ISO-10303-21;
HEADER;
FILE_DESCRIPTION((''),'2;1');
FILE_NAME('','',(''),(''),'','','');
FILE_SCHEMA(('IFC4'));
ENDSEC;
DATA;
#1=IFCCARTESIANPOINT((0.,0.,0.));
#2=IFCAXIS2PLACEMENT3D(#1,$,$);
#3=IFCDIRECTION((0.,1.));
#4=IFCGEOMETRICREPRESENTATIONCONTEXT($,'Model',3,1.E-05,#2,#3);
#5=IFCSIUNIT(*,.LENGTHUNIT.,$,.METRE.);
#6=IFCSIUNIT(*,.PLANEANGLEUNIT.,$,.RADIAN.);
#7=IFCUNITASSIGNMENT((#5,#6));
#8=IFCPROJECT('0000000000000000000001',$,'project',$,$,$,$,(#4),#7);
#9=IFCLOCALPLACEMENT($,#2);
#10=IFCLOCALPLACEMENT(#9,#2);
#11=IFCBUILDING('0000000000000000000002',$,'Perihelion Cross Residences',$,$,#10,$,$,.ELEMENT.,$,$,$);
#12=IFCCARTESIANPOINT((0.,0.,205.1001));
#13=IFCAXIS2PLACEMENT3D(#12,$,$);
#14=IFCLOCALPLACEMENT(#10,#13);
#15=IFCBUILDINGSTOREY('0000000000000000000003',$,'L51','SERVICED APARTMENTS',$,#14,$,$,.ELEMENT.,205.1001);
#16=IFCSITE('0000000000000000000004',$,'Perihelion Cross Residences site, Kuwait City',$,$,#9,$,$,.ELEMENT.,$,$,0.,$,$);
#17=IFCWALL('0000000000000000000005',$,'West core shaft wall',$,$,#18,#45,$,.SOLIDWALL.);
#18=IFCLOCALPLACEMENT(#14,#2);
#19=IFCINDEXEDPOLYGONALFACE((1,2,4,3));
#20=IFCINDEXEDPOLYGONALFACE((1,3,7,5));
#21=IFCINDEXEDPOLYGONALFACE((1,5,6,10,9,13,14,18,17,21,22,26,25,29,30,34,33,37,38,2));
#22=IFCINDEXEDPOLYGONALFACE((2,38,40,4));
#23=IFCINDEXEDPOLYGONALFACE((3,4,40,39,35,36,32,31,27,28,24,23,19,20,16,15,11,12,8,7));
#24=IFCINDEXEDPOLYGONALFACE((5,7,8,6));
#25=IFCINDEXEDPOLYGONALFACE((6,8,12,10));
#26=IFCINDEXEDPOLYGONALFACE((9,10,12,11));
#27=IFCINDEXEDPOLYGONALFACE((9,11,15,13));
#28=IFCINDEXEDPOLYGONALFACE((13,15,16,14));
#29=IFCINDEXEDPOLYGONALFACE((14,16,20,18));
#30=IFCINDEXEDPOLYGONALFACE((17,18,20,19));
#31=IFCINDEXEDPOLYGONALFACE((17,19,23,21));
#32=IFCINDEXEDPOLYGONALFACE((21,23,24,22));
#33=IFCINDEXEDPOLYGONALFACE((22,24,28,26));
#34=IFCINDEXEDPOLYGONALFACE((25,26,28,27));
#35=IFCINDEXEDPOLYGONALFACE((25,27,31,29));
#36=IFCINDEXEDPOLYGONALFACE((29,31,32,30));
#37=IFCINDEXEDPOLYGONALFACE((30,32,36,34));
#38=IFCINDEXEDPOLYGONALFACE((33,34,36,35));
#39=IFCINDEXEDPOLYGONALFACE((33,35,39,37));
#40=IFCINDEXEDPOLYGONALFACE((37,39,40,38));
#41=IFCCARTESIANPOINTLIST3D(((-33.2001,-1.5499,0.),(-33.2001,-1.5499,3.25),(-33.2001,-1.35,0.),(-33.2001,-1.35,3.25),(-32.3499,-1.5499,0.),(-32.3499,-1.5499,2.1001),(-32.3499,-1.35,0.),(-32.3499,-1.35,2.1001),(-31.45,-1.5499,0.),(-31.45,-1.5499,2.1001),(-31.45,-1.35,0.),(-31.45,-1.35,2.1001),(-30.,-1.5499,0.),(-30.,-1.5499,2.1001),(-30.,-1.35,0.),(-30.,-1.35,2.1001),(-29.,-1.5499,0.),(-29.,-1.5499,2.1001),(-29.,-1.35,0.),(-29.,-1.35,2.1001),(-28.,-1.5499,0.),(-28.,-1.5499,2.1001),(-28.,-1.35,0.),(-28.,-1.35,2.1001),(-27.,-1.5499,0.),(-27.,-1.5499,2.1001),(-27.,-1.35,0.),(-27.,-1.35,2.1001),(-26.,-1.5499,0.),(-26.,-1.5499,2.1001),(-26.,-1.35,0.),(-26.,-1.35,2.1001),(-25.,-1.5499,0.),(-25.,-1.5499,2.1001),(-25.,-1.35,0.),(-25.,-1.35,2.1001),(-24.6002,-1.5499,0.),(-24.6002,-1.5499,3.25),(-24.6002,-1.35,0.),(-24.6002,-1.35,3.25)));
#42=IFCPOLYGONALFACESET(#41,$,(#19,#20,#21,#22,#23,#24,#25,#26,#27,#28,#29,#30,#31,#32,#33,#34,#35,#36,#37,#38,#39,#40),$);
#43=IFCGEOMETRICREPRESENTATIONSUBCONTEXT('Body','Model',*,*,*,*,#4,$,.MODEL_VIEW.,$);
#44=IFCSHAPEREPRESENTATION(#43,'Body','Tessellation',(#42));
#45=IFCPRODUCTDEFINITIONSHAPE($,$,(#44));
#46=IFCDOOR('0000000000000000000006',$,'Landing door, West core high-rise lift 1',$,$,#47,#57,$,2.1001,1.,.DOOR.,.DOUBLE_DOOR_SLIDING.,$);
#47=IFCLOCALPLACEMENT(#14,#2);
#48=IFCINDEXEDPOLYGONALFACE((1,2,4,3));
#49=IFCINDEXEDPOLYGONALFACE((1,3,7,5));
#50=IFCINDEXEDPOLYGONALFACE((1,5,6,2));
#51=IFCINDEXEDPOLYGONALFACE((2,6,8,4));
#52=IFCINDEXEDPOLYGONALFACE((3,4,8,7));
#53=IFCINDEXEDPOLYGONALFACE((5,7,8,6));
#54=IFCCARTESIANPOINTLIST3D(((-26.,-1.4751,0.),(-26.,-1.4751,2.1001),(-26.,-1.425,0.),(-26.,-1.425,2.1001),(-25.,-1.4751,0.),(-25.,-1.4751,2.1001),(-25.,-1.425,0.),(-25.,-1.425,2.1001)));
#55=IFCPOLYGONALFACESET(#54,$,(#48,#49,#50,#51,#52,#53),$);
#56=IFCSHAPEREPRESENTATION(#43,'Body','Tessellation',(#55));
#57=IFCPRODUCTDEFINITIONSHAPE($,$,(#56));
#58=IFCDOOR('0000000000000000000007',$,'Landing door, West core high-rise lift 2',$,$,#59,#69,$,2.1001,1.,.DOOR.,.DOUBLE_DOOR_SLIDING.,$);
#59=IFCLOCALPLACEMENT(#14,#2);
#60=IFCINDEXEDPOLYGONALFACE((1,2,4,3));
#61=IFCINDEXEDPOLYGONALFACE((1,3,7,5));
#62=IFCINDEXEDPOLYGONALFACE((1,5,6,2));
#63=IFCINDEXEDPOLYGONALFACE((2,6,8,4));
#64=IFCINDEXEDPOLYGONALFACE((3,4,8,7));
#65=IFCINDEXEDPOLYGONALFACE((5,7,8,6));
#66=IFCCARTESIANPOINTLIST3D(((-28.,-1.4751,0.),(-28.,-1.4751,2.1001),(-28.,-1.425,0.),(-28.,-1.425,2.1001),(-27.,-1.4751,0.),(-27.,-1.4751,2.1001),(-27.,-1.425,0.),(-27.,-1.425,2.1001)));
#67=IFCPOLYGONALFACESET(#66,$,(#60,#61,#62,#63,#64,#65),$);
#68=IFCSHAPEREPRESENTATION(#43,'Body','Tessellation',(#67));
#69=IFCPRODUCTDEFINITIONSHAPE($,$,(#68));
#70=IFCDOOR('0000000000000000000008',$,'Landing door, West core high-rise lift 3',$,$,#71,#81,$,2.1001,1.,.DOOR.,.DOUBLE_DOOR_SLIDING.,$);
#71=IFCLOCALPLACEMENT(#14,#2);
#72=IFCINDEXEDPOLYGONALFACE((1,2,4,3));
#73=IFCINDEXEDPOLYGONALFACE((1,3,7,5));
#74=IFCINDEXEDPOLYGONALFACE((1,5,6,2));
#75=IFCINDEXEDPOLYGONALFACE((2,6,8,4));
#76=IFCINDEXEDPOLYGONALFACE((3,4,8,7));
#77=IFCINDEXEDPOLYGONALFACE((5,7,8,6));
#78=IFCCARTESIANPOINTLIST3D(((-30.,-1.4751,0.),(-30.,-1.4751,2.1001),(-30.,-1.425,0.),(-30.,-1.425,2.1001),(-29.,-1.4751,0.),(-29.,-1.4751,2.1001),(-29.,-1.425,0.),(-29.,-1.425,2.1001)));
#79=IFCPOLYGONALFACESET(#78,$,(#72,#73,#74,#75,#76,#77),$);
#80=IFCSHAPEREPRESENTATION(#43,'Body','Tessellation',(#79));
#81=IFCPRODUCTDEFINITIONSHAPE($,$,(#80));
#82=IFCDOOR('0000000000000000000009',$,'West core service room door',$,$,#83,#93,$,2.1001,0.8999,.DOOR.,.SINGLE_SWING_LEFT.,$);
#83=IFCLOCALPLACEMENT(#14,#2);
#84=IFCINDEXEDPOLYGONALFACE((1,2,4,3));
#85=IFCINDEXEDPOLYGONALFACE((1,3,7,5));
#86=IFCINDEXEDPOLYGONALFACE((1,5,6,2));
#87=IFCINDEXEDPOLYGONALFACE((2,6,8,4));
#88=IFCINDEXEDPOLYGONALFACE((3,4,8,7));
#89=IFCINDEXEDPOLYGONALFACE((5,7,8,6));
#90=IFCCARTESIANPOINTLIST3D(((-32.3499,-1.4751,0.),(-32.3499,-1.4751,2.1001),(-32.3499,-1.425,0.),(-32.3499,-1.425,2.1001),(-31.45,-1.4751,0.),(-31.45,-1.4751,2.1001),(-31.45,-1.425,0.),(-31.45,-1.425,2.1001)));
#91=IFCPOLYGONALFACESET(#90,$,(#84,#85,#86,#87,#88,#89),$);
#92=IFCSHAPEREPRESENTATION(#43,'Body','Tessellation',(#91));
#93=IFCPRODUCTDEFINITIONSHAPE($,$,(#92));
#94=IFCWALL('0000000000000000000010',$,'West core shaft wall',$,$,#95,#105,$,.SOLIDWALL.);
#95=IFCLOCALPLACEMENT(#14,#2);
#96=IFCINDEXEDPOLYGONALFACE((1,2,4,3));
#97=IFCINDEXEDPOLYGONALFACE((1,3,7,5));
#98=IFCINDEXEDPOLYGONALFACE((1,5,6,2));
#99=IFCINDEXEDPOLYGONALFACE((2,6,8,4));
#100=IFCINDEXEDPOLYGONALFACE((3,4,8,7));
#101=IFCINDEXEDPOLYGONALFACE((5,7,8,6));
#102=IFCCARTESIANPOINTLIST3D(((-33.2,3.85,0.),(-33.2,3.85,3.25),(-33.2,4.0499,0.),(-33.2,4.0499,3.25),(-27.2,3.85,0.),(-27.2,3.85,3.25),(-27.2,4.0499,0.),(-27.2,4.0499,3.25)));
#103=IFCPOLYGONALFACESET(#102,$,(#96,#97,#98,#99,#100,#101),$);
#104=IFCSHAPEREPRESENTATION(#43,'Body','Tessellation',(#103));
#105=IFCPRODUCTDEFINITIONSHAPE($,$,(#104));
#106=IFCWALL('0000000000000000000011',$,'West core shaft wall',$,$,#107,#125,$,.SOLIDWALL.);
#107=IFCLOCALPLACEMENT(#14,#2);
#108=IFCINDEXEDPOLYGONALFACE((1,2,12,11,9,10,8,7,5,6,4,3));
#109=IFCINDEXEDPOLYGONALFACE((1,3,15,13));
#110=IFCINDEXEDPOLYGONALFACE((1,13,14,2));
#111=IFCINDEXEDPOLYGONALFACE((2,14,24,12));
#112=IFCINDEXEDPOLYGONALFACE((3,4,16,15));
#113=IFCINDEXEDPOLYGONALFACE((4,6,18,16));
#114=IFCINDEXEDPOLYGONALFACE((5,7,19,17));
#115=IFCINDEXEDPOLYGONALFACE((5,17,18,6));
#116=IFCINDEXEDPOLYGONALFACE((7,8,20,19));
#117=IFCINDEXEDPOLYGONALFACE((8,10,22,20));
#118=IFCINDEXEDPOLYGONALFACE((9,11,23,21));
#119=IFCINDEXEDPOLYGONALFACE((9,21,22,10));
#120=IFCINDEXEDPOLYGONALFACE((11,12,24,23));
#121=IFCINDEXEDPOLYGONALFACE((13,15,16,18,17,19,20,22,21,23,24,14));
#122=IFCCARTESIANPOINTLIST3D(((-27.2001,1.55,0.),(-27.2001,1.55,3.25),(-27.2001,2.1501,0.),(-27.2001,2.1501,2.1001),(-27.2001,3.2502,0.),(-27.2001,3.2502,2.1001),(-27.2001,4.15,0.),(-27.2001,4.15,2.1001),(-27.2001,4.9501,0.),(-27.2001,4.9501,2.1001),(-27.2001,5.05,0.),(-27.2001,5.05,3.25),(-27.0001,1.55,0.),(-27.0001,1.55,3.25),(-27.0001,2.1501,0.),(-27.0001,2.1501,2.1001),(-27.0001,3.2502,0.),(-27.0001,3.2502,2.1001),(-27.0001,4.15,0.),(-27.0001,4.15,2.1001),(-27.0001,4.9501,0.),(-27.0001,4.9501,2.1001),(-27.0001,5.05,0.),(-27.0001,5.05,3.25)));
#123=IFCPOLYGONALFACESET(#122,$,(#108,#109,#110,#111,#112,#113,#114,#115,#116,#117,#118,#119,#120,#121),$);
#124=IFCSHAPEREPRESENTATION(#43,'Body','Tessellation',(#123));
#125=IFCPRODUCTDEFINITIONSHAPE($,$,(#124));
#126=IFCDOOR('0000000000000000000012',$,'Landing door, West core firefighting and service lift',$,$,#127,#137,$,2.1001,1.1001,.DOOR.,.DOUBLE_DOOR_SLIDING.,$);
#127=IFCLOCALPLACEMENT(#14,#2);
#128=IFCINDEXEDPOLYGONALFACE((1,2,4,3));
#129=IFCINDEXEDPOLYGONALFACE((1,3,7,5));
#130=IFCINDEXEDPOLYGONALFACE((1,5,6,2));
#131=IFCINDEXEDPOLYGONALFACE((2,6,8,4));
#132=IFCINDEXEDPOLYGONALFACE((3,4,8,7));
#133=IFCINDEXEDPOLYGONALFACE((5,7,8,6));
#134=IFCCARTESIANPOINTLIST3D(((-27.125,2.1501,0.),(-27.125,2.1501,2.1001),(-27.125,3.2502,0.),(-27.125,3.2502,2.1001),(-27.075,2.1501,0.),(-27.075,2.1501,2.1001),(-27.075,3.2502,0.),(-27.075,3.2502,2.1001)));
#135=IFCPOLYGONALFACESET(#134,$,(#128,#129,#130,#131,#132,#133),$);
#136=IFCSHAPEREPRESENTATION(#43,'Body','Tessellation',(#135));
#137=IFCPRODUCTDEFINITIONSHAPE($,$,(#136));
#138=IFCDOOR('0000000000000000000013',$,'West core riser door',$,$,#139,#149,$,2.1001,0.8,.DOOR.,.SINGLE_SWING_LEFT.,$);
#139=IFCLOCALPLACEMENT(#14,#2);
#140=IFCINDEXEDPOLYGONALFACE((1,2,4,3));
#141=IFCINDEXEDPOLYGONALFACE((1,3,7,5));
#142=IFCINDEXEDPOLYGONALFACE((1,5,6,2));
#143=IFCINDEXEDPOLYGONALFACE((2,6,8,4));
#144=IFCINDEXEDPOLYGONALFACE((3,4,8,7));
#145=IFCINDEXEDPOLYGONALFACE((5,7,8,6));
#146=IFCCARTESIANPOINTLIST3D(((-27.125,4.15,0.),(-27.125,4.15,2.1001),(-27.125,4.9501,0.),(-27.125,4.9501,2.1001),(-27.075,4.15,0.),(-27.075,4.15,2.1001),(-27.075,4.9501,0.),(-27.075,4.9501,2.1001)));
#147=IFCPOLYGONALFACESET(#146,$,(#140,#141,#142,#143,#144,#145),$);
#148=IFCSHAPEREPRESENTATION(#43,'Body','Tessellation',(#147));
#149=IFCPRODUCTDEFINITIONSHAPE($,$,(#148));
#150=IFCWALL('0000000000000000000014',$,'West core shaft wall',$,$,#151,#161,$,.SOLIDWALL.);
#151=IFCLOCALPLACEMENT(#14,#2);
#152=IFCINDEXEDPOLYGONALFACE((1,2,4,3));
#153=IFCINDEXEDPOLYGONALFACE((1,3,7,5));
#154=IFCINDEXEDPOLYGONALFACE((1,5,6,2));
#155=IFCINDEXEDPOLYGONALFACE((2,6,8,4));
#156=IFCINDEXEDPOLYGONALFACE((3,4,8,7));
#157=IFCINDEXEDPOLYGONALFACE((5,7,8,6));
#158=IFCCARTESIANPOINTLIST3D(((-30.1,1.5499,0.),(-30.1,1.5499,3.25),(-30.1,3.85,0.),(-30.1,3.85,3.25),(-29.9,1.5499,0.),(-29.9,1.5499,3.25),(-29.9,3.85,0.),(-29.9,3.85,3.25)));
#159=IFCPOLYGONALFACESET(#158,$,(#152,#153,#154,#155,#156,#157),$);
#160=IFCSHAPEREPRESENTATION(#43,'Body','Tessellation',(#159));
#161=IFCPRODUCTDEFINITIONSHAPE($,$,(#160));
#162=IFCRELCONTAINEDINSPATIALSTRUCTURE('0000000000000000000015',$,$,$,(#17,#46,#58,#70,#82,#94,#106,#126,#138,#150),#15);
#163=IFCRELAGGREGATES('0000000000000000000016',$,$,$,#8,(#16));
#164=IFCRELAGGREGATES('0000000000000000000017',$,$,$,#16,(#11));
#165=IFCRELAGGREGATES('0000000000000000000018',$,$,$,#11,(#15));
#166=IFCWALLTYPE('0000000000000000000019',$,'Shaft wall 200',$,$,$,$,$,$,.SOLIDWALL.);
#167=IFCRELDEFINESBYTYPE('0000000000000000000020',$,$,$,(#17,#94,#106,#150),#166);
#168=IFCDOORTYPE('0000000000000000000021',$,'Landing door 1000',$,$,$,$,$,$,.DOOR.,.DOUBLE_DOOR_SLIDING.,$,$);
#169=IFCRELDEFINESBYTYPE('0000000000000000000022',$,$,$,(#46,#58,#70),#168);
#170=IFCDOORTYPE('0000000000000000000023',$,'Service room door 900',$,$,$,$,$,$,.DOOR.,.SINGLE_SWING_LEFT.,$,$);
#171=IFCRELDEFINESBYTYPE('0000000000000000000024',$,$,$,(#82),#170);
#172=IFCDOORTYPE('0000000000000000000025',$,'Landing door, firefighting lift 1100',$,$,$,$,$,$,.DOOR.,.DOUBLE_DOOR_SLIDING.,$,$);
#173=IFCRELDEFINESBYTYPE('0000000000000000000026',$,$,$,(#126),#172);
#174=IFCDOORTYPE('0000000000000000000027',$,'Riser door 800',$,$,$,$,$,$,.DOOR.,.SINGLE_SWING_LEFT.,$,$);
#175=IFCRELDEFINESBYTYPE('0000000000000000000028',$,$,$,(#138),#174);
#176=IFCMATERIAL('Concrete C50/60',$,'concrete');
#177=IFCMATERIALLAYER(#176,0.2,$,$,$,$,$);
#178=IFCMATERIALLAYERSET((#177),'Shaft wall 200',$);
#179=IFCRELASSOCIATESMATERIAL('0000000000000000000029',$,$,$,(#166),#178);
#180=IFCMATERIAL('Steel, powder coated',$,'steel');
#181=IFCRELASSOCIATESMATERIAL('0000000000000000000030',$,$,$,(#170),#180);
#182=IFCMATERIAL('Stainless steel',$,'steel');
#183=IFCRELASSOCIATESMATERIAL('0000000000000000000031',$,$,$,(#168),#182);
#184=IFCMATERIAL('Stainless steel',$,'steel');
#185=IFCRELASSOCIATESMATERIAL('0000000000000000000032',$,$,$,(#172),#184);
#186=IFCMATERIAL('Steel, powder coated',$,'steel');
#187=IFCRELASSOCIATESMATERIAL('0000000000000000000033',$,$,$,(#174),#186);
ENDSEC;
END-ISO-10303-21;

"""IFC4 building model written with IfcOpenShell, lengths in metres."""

from ifc_helpers import new_model, si_unit, direction, frame, frame_2d, origin, place, context, subcontext, project, spatial, rectangle, extrude, material, layer, layer_set, type_object, element, fill, save


model = new_model("IFC4")

# Units and contexts
model_context = context("Model", 3, precision=1e-05, world=origin(), true_north=direction((0.0, 1.0)))
body_context = subcontext(model_context, "Body", "Model", "MODEL_VIEW")
ifc_project = project(units=[si_unit("LENGTHUNIT", "METRE"), si_unit("PLANEANGLEUNIT", "RADIAN")], contexts=[model_context])

# Site, building, storey
site_placement = place(None, origin())
site = spatial("IfcSite", under=ifc_project, at=site_placement, Name="Perihelion Cross Residences site, Kuwait City", CompositionType="ELEMENT", RefElevation=0.0)
building_placement = place(site_placement, origin())
building = spatial("IfcBuilding", under=site, at=building_placement, Name="Perihelion Cross Residences", CompositionType="ELEMENT")
storey_placement = place(building_placement, frame((0.0, 0.0, 205.1001)))
storey = spatial("IfcBuildingStorey", under=building, at=storey_placement, Name="L51", Description="SERVICED APARTMENTS", CompositionType="ELEMENT", Elevation=205.1001)

# Wall, openings, doors
ifc_material_1 = material(Name="Concrete C50/60", Category="concrete")
ifc_layer_1 = layer(ifc_material_1, 0.2)
ifc_layer_set_1 = layer_set([ifc_layer_1], Name="Shaft wall 200")
wall_type_1 = type_object("IfcWallType", Name="Shaft wall 200", PredefinedType="SOLIDWALL", material=ifc_layer_set_1)
ifc_material_2 = material(Name="Steel, powder coated", Category="steel")
door_type_1 = type_object("IfcDoorType", Name="Service room door 900", OperationType="SINGLE_SWING_LEFT", PredefinedType="DOOR", material=ifc_material_2)
wall_1_placement = place(storey_placement, frame((-33.2, -1.45, 0.0), z_axis=(0.0, 0.0, 1.0), x_axis=(1.0, 0.0, 0.0)))
wall_1 = element("IfcWall", 1, at=wall_1_placement, inside=storey, type_object=wall_type_1, Name="West core shaft wall", PredefinedType="SOLIDWALL", context=body_context, shape_type="SweptSolid", body=[
    extrude(rectangle(XDim=8.5999, YDim=0.2, at=frame_2d((4.2998, 0.0))), origin(), (0.0, 0.0, 1.0), 3.25),
])
opening_1_placement = place(wall_1_placement, frame((7.2, 0.0, 0.0)))
opening_1 = element("IfcOpeningElement", 2, at=opening_1_placement, cuts=wall_1, PredefinedType="OPENING", context=body_context, shape_type="SweptSolid", body=[
    extrude(rectangle(XDim=1.0, YDim=2.1001, at=frame_2d((0.5, 1.05))), frame((0.0, 0.1099, 0.0), z_axis=(0.0, -1.0, 0.0), x_axis=(1.0, 0.0, 0.0)), (0.0, 0.0, 1.0), 0.22),
])
opening_2_placement = place(wall_1_placement, frame((5.2, 0.0, 0.0)))
opening_2 = element("IfcOpeningElement", 3, at=opening_2_placement, cuts=wall_1, PredefinedType="OPENING", context=body_context, shape_type="SweptSolid", body=[
    extrude(rectangle(XDim=1.0, YDim=2.1001, at=frame_2d((0.5, 1.05))), frame((0.0, 0.1099, 0.0), z_axis=(0.0, -1.0, 0.0), x_axis=(1.0, 0.0, 0.0)), (0.0, 0.0, 1.0), 0.22),
])
opening_3_placement = place(wall_1_placement, frame((3.2, 0.0, 0.0)))
opening_3 = element("IfcOpeningElement", 4, at=opening_3_placement, cuts=wall_1, PredefinedType="OPENING", context=body_context, shape_type="SweptSolid", body=[
    extrude(rectangle(XDim=1.0, YDim=2.1001, at=frame_2d((0.5, 1.05))), frame((0.0, 0.1099, 0.0), z_axis=(0.0, -1.0, 0.0), x_axis=(1.0, 0.0, 0.0)), (0.0, 0.0, 1.0), 0.22),
])
opening_4_placement = place(wall_1_placement, frame((0.8501, 0.0, 0.0)))
opening_4 = element("IfcOpeningElement", 5, at=opening_4_placement, cuts=wall_1, PredefinedType="OPENING", context=body_context, shape_type="SweptSolid", body=[
    extrude(rectangle(XDim=0.8999, YDim=2.1001, at=frame_2d((0.45, 1.05))), frame((0.0, 0.1099, 0.0), z_axis=(0.0, -1.0, 0.0), x_axis=(1.0, 0.0, 0.0)), (0.0, 0.0, 1.0), 0.22),
])
ifc_material_3 = material(Name="Stainless steel", Category="steel")
door_type_2 = type_object("IfcDoorType", Name="Landing door 1000", OperationType="DOUBLE_DOOR_SLIDING", PredefinedType="DOOR", material=ifc_material_3)
door_1_placement = place(opening_1_placement, origin())
door_1 = element("IfcDoor", 6, at=door_1_placement, inside=storey, type_object=door_type_2, Name="Landing door, West core high-rise lift 1", OperationType="DOUBLE_DOOR_SLIDING", OverallHeight=2.1001, OverallWidth=1.0, PredefinedType="DOOR", context=body_context, shape_type="SweptSolid", body=[
    extrude(rectangle(XDim=1.0, YDim=2.1001, at=frame_2d((0.5, 1.05))), frame((0.0, 0.0249, 0.0), z_axis=(0.0, -1.0, 0.0), x_axis=(1.0, 0.0, 0.0)), (0.0, 0.0, 1.0), 0.05),
])
fill(opening_1, door_1)
door_2_placement = place(opening_2_placement, origin())
door_2 = element("IfcDoor", 7, at=door_2_placement, inside=storey, type_object=door_type_2, Name="Landing door, West core high-rise lift 2", OperationType="DOUBLE_DOOR_SLIDING", OverallHeight=2.1001, OverallWidth=1.0, PredefinedType="DOOR", context=body_context, shape_type="SweptSolid", body=[
    extrude(rectangle(XDim=1.0, YDim=2.1001, at=frame_2d((0.5, 1.05))), frame((0.0, 0.0249, 0.0), z_axis=(0.0, -1.0, 0.0), x_axis=(1.0, 0.0, 0.0)), (0.0, 0.0, 1.0), 0.05),
])
fill(opening_2, door_2)
door_3_placement = place(opening_3_placement, origin())
door_3 = element("IfcDoor", 8, at=door_3_placement, inside=storey, type_object=door_type_2, Name="Landing door, West core high-rise lift 3", OperationType="DOUBLE_DOOR_SLIDING", OverallHeight=2.1001, OverallWidth=1.0, PredefinedType="DOOR", context=body_context, shape_type="SweptSolid", body=[
    extrude(rectangle(XDim=1.0, YDim=2.1001, at=frame_2d((0.5, 1.05))), frame((0.0, 0.0249, 0.0), z_axis=(0.0, -1.0, 0.0), x_axis=(1.0, 0.0, 0.0)), (0.0, 0.0, 1.0), 0.05),
])
fill(opening_3, door_3)
door_4_placement = place(opening_4_placement, origin())
door_4 = element("IfcDoor", 9, at=door_4_placement, inside=storey, type_object=door_type_1, Name="West core service room door", OperationType="SINGLE_SWING_LEFT", OverallHeight=2.1001, OverallWidth=0.8999, PredefinedType="DOOR", context=body_context, shape_type="SweptSolid", body=[
    extrude(rectangle(XDim=0.8999, YDim=2.1001, at=frame_2d((0.45, 1.05))), frame((0.0, 0.0249, 0.0), z_axis=(0.0, -1.0, 0.0), x_axis=(1.0, 0.0, 0.0)), (0.0, 0.0, 1.0), 0.05),
])
fill(opening_4, door_4)

# Wall
wall_2_placement = place(storey_placement, frame((-33.2, 3.95, 0.0), z_axis=(0.0, 0.0, 1.0), x_axis=(1.0, 0.0, 0.0)))
element("IfcWall", 10, at=wall_2_placement, inside=storey, type_object=wall_type_1, Name="West core shaft wall", PredefinedType="SOLIDWALL", context=body_context, shape_type="SweptSolid", body=[
    extrude(rectangle(XDim=6.0, YDim=0.2, at=frame_2d((3.0, 0.0))), origin(), (0.0, 0.0, 1.0), 3.25),
])

# Wall, openings, doors
wall_3_placement = place(storey_placement, frame((-27.1001, 1.55, 0.0), z_axis=(0.0, 0.0, 1.0), x_axis=(0.0, 1.0, 0.0)))
wall_3 = element("IfcWall", 11, at=wall_3_placement, inside=storey, type_object=wall_type_1, Name="West core shaft wall", PredefinedType="SOLIDWALL", context=body_context, shape_type="SweptSolid", body=[
    extrude(rectangle(XDim=3.5, YDim=0.2, at=frame_2d((1.75, 0.0))), origin(), (0.0, 0.0, 1.0), 3.25),
])
opening_5_placement = place(wall_3_placement, frame((0.6001, 0.0, 0.0)))
opening_5 = element("IfcOpeningElement", 12, at=opening_5_placement, cuts=wall_3, PredefinedType="OPENING", context=body_context, shape_type="SweptSolid", body=[
    extrude(rectangle(XDim=1.1001, YDim=2.1001, at=frame_2d((0.55, 1.05))), frame((0.0, 0.1099, 0.0), z_axis=(0.0, -1.0, 0.0), x_axis=(1.0, 0.0, 0.0)), (0.0, 0.0, 1.0), 0.22),
])
opening_6_placement = place(wall_3_placement, frame((2.6001, 0.0, 0.0)))
opening_6 = element("IfcOpeningElement", 13, at=opening_6_placement, cuts=wall_3, PredefinedType="OPENING", context=body_context, shape_type="SweptSolid", body=[
    extrude(rectangle(XDim=0.8, YDim=2.1001, at=frame_2d((0.3999, 1.05))), frame((0.0, 0.1099, 0.0), z_axis=(0.0, -1.0, 0.0), x_axis=(1.0, 0.0, 0.0)), (0.0, 0.0, 1.0), 0.22),
])
ifc_material_4 = material(Name="Stainless steel", Category="steel")
door_type_3 = type_object("IfcDoorType", Name="Landing door, firefighting lift 1100", OperationType="DOUBLE_DOOR_SLIDING", PredefinedType="DOOR", material=ifc_material_4)
door_5_placement = place(opening_5_placement, origin())
door_5 = element("IfcDoor", 14, at=door_5_placement, inside=storey, type_object=door_type_3, Name="Landing door, West core firefighting and service lift", OperationType="DOUBLE_DOOR_SLIDING", OverallHeight=2.1001, OverallWidth=1.1001, PredefinedType="DOOR", context=body_context, shape_type="SweptSolid", body=[
    extrude(rectangle(XDim=1.1001, YDim=2.1001, at=frame_2d((0.55, 1.05))), frame((0.0, 0.0249, 0.0), z_axis=(0.0, -1.0, 0.0), x_axis=(1.0, 0.0, 0.0)), (0.0, 0.0, 1.0), 0.05),
])
fill(opening_5, door_5)
ifc_material_5 = material(Name="Steel, powder coated", Category="steel")
door_type_4 = type_object("IfcDoorType", Name="Riser door 800", OperationType="SINGLE_SWING_LEFT", PredefinedType="DOOR", material=ifc_material_5)
door_6_placement = place(opening_6_placement, origin())
door_6 = element("IfcDoor", 15, at=door_6_placement, inside=storey, type_object=door_type_4, Name="West core riser door", OperationType="SINGLE_SWING_LEFT", OverallHeight=2.1001, OverallWidth=0.8, PredefinedType="DOOR", context=body_context, shape_type="SweptSolid", body=[
    extrude(rectangle(XDim=0.8, YDim=2.1001, at=frame_2d((0.3999, 1.05))), frame((0.0, 0.0249, 0.0), z_axis=(0.0, -1.0, 0.0), x_axis=(1.0, 0.0, 0.0)), (0.0, 0.0, 1.0), 0.05),
])
fill(opening_6, door_6)

# Wall
for number, where, z_axis, x_axis, name in (
    (16, (-30.0, 1.55, 0.0), (0.0, 0.0, 1.0), (0.0, 1.0, 0.0), "West core shaft wall"),
):
    element("IfcWall", number, at=place(storey_placement, frame(where, z_axis=z_axis, x_axis=x_axis)), inside=storey, type_object=wall_type_1, Name=name, PredefinedType="SOLIDWALL", context=body_context, shape_type="SweptSolid", body=[
        extrude(rectangle(XDim=2.3, YDim=0.2, at=frame_2d((1.1499, 0.0))), origin(), (0.0, 0.0, 1.0), 3.25),
    ])

save(model, "model.ifc")
